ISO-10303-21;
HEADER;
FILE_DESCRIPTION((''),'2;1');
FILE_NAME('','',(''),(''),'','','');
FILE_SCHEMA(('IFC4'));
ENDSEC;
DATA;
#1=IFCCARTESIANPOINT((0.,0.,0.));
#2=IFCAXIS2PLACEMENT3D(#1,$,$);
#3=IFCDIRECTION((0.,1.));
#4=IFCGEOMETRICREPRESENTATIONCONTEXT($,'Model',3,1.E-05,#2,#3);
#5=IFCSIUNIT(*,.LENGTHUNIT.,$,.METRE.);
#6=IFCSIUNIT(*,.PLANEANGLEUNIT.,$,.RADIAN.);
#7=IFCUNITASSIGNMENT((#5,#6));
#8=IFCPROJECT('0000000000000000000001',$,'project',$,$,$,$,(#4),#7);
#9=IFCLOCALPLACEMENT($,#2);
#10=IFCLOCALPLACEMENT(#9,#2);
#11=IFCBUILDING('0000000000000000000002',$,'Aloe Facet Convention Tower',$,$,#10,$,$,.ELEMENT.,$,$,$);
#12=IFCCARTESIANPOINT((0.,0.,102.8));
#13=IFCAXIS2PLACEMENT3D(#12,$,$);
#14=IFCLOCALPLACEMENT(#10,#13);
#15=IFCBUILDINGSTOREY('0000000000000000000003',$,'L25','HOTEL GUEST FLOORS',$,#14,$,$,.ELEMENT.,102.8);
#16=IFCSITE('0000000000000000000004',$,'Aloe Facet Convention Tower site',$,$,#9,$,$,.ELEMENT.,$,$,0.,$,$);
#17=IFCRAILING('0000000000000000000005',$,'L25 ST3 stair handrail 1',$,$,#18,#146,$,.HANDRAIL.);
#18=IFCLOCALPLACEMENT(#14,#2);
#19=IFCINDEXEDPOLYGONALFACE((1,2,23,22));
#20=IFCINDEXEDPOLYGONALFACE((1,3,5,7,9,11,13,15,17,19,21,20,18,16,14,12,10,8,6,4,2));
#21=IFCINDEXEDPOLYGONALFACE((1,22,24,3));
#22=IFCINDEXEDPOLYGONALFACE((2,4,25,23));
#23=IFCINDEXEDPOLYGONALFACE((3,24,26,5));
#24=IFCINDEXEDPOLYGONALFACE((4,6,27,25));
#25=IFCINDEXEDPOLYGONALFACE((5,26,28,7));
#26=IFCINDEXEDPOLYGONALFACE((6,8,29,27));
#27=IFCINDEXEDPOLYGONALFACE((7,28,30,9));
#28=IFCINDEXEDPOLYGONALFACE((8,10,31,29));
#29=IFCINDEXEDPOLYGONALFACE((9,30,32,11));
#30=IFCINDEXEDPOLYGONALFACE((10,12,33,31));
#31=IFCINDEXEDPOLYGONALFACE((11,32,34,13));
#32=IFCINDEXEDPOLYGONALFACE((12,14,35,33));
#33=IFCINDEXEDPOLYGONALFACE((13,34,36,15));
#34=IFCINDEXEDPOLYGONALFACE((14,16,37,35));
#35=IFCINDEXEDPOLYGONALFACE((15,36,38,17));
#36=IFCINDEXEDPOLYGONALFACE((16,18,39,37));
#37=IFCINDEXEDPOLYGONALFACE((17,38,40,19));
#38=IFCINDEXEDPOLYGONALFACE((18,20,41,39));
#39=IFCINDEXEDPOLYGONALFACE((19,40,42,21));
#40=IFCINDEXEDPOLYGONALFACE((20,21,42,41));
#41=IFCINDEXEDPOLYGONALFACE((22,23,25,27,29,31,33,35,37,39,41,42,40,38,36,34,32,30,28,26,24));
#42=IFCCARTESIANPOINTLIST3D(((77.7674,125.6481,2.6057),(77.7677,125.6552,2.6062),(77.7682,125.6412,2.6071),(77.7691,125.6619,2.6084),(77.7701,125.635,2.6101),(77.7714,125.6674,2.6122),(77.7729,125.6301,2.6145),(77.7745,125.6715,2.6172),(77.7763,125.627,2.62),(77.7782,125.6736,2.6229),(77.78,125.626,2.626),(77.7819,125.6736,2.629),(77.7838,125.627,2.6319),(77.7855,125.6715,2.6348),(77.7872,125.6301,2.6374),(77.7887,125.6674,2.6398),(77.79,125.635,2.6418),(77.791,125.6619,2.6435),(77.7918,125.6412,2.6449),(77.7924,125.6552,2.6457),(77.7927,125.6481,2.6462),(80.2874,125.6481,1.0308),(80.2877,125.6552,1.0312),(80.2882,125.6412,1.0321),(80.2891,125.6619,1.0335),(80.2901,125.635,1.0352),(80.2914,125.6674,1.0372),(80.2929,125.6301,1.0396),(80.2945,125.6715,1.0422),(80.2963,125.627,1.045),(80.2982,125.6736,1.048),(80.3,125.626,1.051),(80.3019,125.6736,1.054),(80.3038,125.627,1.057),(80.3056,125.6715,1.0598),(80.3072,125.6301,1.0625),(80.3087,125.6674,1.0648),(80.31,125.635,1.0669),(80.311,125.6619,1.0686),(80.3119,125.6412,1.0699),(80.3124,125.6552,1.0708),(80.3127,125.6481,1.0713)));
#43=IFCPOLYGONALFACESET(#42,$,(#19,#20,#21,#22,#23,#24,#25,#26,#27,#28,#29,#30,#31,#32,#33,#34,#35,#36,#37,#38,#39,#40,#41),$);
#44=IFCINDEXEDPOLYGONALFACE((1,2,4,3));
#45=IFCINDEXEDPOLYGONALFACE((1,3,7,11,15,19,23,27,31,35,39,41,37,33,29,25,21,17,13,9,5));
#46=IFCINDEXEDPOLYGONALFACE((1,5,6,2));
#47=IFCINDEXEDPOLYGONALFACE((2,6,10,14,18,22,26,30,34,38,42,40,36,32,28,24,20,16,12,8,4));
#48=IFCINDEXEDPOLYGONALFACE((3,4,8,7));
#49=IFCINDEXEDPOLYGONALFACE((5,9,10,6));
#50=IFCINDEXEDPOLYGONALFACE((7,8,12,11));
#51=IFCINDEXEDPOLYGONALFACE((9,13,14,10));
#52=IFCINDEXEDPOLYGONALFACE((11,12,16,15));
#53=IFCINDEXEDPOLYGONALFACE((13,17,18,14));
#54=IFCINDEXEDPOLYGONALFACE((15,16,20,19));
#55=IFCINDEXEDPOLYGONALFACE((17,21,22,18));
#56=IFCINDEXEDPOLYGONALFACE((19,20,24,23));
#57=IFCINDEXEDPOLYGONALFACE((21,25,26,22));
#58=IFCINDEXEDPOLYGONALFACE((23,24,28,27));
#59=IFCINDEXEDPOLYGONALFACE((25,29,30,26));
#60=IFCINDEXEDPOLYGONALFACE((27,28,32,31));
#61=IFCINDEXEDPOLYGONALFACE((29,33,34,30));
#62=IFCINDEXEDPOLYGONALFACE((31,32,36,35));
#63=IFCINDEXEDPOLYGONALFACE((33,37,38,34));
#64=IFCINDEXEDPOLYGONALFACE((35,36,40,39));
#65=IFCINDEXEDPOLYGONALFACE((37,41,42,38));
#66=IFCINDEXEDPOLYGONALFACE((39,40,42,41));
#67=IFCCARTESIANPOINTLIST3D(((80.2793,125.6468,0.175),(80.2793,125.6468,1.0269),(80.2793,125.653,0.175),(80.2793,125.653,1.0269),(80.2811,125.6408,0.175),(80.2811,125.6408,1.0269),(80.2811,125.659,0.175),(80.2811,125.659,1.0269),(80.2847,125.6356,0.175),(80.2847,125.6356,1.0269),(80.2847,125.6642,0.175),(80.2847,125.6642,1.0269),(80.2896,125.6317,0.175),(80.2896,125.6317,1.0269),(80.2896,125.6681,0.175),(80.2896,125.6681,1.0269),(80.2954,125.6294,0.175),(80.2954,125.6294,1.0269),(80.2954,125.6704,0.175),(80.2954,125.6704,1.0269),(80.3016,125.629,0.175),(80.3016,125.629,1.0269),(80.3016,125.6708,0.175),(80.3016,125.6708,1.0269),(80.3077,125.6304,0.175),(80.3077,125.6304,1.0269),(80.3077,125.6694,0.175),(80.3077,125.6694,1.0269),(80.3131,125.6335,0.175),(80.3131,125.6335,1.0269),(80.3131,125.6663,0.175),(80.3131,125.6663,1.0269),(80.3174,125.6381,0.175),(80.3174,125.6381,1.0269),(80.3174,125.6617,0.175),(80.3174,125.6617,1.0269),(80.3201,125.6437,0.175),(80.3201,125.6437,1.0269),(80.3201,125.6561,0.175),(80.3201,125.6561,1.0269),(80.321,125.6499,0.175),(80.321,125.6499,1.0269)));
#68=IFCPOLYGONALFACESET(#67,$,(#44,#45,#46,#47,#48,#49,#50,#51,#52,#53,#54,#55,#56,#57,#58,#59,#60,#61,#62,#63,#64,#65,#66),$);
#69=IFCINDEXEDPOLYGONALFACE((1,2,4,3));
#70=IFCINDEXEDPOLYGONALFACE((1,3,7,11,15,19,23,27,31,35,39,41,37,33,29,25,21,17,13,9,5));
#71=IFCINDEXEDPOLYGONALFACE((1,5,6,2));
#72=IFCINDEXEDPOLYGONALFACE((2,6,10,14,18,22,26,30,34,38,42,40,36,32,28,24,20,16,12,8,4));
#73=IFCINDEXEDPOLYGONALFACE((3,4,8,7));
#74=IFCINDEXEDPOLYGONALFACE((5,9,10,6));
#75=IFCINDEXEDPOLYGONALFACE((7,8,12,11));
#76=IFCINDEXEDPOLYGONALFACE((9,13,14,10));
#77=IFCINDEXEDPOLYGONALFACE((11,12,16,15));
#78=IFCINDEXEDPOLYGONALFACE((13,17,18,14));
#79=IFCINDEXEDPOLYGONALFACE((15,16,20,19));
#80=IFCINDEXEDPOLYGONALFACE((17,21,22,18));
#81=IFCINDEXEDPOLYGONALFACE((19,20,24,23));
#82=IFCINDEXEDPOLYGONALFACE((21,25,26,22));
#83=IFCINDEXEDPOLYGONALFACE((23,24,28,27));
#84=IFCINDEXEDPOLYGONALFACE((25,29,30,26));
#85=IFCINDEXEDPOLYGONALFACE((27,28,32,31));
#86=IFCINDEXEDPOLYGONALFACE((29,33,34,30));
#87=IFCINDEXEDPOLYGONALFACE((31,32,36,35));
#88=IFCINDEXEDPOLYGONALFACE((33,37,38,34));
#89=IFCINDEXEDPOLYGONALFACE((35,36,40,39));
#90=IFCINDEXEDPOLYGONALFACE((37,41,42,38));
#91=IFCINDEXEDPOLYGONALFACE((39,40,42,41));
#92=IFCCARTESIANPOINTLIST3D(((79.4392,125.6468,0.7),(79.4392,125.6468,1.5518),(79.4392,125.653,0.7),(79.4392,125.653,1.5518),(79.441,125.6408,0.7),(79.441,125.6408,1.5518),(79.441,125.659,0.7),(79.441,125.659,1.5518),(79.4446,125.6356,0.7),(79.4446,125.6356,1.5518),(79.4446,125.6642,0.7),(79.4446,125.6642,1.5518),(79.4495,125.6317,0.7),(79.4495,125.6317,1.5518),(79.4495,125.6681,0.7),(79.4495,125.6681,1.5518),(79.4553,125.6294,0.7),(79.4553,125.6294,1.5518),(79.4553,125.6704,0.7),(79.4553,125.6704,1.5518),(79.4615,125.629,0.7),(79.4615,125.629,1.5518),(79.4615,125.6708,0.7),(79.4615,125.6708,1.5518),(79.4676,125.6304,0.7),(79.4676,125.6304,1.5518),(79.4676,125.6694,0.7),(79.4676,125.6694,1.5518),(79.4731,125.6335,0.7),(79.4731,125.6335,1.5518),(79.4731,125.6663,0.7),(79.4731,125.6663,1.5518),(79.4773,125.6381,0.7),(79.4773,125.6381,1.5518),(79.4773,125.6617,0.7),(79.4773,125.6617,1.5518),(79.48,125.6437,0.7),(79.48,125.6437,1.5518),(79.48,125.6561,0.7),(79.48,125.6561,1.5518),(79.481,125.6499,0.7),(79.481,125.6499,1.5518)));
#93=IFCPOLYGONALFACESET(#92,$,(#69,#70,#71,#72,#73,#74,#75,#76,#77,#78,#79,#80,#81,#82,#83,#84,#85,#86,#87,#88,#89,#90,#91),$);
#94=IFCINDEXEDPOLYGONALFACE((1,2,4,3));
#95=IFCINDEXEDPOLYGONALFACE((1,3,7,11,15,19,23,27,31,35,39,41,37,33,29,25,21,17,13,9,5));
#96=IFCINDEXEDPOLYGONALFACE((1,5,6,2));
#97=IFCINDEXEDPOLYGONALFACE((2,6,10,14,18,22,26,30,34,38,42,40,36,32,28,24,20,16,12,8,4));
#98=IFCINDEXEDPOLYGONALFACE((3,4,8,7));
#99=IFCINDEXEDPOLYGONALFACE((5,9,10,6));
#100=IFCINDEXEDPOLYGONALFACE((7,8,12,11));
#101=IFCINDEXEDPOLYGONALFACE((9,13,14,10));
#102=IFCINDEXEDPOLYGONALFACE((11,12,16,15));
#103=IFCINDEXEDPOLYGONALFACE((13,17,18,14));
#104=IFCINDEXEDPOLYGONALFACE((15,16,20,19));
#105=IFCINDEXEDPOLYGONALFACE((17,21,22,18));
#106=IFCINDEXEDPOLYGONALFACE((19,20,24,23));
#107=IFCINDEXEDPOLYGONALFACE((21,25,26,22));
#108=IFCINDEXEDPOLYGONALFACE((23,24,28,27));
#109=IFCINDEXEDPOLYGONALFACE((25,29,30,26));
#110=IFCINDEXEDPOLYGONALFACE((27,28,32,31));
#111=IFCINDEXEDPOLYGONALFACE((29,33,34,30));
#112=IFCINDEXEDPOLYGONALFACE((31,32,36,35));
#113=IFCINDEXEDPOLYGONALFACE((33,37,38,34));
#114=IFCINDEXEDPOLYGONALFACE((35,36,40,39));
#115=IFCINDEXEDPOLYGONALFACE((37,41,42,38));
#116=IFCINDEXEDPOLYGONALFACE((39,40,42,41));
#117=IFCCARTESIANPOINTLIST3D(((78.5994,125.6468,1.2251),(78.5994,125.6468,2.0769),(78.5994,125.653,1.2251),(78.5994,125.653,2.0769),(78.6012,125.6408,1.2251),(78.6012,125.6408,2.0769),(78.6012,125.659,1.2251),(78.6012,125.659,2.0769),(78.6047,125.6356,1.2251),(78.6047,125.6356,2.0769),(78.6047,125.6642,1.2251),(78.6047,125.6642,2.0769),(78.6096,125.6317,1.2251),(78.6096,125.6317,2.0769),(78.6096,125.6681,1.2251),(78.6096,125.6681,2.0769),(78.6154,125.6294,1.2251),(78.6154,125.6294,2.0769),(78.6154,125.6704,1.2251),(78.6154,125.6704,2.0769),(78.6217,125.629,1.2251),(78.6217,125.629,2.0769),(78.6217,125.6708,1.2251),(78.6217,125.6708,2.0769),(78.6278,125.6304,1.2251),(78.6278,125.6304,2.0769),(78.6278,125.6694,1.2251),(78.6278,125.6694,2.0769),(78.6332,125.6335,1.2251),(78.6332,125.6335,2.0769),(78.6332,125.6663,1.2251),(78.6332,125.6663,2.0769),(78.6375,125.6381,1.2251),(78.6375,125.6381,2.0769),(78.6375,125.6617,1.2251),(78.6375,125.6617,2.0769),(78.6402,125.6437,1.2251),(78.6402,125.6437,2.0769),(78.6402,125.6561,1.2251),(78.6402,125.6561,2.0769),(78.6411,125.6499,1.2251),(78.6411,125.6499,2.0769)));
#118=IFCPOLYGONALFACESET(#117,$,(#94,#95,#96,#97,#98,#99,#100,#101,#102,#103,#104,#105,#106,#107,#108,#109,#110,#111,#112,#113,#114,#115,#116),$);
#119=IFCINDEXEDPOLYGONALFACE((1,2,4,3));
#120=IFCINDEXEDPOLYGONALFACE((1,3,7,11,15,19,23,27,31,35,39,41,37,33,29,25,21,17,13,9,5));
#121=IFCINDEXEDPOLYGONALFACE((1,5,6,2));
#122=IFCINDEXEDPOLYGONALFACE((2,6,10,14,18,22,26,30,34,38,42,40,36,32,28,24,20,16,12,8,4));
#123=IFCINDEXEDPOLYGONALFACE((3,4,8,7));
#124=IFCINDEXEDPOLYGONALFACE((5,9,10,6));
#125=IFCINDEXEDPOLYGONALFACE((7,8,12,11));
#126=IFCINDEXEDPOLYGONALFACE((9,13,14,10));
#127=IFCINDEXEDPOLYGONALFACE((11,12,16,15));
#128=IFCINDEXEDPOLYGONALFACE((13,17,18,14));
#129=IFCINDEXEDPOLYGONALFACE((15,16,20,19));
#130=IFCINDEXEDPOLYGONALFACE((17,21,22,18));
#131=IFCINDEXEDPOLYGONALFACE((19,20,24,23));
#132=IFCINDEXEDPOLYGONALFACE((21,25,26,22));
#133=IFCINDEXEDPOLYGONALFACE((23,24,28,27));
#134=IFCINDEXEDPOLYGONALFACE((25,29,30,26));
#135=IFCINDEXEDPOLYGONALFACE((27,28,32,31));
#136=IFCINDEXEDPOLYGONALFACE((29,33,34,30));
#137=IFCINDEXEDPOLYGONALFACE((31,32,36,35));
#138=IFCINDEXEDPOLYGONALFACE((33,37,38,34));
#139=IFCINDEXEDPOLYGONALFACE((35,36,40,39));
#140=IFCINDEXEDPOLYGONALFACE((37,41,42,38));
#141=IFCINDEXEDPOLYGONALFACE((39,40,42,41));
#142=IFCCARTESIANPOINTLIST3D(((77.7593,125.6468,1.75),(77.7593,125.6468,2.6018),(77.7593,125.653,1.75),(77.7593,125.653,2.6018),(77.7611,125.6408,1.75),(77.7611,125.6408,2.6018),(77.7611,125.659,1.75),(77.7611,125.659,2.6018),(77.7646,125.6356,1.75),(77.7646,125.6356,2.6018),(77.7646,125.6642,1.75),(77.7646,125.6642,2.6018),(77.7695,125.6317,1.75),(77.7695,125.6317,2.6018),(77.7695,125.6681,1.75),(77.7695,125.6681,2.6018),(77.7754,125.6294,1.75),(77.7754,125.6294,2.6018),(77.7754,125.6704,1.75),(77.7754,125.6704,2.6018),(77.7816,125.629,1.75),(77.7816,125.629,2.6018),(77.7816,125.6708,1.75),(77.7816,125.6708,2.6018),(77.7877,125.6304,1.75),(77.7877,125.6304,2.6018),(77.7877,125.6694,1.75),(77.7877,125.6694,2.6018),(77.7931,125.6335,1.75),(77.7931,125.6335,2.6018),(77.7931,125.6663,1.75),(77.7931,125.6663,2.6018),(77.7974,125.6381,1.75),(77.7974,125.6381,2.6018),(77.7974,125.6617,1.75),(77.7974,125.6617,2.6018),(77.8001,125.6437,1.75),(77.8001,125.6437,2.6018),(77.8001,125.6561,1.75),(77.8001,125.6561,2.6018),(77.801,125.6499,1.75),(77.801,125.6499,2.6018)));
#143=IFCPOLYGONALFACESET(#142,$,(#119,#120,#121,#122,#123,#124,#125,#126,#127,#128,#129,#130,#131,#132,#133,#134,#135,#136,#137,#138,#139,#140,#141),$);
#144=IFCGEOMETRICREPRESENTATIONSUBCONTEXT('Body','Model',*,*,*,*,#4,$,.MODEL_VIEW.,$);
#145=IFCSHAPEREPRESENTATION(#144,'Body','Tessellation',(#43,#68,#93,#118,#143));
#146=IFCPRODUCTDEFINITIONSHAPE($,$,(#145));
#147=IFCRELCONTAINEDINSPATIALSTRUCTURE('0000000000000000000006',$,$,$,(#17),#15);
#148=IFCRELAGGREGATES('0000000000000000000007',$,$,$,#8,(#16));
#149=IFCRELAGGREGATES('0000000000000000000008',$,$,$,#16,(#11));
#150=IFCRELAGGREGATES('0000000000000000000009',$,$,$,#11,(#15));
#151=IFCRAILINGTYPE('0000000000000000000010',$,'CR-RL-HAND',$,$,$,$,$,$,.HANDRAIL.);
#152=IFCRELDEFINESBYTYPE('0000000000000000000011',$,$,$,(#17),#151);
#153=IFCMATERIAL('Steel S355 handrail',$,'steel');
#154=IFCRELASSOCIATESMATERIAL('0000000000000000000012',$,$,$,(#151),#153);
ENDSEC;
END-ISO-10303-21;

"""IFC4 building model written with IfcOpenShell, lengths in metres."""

from ifc_helpers import new_model, si_unit, direction, frame, origin, origin_2d, place, context, subcontext, project, spatial, circle, extrude, material, type_object, element, save


model = new_model("IFC4")

# Units and contexts
model_context = context("Model", 3, precision=1e-05, world=origin(), true_north=direction((0.0, 1.0)))
body_context = subcontext(model_context, "Body", "Model", "MODEL_VIEW")
ifc_project = project(units=[si_unit("LENGTHUNIT", "METRE"), si_unit("PLANEANGLEUNIT", "RADIAN")], contexts=[model_context])

# Site, building, storey
site_placement = place(None, origin())
site = spatial("IfcSite", under=ifc_project, at=site_placement, Name="Aloe Facet Convention Tower site", CompositionType="ELEMENT", RefElevation=0.0)
building_placement = place(site_placement, origin())
building = spatial("IfcBuilding", under=site, at=building_placement, Name="Aloe Facet Convention Tower", CompositionType="ELEMENT")
storey_placement = place(building_placement, frame((0.0, 0.0, 102.8)))
storey = spatial("IfcBuildingStorey", under=building, at=storey_placement, Name="L25", Description="HOTEL GUEST FLOORS", CompositionType="ELEMENT", Elevation=102.8)

# Railing
ifc_material_1 = material(Name="Steel S355 handrail", Category="steel")
railing_type_1 = type_object("IfcRailingType", Name="CR-RL-HAND", PredefinedType="HANDRAIL", material=ifc_material_1)
railing_1_placement = place(storey_placement, frame((80.3, 125.6499, 0.175)))
element("IfcRailing", 1, at=railing_1_placement, inside=storey, type_object=railing_type_1, Name="L25 ST3 stair handrail 1", PredefinedType="HANDRAIL", context=body_context, shape_type="SweptSolid", body=[
    extrude(circle(Radius=0.0239, at=origin_2d()), frame((0.0, 0.0, 0.876), z_axis=(-0.848008, 0.0, 0.529984), x_axis=(0.0, -1.0, 0.0)), (0.0, 0.0, 1.0), 2.9717),
    extrude(circle(Radius=0.021, at=origin_2d()), origin(), (0.0, 0.0, 1.0), 0.8518),
    extrude(circle(Radius=0.021, at=origin_2d()), frame((-0.8401, 0.0, 0.5249)), (0.0, 0.0, 1.0), 0.8518),
    extrude(circle(Radius=0.021, at=origin_2d()), frame((-1.6799, 0.0, 1.05)), (0.0, 0.0, 1.0), 0.8518),
    extrude(circle(Radius=0.021, at=origin_2d()), frame((-2.52, 0.0, 1.575)), (0.0, 0.0, 1.0), 0.8518),
])

save(model, "model.ifc")
